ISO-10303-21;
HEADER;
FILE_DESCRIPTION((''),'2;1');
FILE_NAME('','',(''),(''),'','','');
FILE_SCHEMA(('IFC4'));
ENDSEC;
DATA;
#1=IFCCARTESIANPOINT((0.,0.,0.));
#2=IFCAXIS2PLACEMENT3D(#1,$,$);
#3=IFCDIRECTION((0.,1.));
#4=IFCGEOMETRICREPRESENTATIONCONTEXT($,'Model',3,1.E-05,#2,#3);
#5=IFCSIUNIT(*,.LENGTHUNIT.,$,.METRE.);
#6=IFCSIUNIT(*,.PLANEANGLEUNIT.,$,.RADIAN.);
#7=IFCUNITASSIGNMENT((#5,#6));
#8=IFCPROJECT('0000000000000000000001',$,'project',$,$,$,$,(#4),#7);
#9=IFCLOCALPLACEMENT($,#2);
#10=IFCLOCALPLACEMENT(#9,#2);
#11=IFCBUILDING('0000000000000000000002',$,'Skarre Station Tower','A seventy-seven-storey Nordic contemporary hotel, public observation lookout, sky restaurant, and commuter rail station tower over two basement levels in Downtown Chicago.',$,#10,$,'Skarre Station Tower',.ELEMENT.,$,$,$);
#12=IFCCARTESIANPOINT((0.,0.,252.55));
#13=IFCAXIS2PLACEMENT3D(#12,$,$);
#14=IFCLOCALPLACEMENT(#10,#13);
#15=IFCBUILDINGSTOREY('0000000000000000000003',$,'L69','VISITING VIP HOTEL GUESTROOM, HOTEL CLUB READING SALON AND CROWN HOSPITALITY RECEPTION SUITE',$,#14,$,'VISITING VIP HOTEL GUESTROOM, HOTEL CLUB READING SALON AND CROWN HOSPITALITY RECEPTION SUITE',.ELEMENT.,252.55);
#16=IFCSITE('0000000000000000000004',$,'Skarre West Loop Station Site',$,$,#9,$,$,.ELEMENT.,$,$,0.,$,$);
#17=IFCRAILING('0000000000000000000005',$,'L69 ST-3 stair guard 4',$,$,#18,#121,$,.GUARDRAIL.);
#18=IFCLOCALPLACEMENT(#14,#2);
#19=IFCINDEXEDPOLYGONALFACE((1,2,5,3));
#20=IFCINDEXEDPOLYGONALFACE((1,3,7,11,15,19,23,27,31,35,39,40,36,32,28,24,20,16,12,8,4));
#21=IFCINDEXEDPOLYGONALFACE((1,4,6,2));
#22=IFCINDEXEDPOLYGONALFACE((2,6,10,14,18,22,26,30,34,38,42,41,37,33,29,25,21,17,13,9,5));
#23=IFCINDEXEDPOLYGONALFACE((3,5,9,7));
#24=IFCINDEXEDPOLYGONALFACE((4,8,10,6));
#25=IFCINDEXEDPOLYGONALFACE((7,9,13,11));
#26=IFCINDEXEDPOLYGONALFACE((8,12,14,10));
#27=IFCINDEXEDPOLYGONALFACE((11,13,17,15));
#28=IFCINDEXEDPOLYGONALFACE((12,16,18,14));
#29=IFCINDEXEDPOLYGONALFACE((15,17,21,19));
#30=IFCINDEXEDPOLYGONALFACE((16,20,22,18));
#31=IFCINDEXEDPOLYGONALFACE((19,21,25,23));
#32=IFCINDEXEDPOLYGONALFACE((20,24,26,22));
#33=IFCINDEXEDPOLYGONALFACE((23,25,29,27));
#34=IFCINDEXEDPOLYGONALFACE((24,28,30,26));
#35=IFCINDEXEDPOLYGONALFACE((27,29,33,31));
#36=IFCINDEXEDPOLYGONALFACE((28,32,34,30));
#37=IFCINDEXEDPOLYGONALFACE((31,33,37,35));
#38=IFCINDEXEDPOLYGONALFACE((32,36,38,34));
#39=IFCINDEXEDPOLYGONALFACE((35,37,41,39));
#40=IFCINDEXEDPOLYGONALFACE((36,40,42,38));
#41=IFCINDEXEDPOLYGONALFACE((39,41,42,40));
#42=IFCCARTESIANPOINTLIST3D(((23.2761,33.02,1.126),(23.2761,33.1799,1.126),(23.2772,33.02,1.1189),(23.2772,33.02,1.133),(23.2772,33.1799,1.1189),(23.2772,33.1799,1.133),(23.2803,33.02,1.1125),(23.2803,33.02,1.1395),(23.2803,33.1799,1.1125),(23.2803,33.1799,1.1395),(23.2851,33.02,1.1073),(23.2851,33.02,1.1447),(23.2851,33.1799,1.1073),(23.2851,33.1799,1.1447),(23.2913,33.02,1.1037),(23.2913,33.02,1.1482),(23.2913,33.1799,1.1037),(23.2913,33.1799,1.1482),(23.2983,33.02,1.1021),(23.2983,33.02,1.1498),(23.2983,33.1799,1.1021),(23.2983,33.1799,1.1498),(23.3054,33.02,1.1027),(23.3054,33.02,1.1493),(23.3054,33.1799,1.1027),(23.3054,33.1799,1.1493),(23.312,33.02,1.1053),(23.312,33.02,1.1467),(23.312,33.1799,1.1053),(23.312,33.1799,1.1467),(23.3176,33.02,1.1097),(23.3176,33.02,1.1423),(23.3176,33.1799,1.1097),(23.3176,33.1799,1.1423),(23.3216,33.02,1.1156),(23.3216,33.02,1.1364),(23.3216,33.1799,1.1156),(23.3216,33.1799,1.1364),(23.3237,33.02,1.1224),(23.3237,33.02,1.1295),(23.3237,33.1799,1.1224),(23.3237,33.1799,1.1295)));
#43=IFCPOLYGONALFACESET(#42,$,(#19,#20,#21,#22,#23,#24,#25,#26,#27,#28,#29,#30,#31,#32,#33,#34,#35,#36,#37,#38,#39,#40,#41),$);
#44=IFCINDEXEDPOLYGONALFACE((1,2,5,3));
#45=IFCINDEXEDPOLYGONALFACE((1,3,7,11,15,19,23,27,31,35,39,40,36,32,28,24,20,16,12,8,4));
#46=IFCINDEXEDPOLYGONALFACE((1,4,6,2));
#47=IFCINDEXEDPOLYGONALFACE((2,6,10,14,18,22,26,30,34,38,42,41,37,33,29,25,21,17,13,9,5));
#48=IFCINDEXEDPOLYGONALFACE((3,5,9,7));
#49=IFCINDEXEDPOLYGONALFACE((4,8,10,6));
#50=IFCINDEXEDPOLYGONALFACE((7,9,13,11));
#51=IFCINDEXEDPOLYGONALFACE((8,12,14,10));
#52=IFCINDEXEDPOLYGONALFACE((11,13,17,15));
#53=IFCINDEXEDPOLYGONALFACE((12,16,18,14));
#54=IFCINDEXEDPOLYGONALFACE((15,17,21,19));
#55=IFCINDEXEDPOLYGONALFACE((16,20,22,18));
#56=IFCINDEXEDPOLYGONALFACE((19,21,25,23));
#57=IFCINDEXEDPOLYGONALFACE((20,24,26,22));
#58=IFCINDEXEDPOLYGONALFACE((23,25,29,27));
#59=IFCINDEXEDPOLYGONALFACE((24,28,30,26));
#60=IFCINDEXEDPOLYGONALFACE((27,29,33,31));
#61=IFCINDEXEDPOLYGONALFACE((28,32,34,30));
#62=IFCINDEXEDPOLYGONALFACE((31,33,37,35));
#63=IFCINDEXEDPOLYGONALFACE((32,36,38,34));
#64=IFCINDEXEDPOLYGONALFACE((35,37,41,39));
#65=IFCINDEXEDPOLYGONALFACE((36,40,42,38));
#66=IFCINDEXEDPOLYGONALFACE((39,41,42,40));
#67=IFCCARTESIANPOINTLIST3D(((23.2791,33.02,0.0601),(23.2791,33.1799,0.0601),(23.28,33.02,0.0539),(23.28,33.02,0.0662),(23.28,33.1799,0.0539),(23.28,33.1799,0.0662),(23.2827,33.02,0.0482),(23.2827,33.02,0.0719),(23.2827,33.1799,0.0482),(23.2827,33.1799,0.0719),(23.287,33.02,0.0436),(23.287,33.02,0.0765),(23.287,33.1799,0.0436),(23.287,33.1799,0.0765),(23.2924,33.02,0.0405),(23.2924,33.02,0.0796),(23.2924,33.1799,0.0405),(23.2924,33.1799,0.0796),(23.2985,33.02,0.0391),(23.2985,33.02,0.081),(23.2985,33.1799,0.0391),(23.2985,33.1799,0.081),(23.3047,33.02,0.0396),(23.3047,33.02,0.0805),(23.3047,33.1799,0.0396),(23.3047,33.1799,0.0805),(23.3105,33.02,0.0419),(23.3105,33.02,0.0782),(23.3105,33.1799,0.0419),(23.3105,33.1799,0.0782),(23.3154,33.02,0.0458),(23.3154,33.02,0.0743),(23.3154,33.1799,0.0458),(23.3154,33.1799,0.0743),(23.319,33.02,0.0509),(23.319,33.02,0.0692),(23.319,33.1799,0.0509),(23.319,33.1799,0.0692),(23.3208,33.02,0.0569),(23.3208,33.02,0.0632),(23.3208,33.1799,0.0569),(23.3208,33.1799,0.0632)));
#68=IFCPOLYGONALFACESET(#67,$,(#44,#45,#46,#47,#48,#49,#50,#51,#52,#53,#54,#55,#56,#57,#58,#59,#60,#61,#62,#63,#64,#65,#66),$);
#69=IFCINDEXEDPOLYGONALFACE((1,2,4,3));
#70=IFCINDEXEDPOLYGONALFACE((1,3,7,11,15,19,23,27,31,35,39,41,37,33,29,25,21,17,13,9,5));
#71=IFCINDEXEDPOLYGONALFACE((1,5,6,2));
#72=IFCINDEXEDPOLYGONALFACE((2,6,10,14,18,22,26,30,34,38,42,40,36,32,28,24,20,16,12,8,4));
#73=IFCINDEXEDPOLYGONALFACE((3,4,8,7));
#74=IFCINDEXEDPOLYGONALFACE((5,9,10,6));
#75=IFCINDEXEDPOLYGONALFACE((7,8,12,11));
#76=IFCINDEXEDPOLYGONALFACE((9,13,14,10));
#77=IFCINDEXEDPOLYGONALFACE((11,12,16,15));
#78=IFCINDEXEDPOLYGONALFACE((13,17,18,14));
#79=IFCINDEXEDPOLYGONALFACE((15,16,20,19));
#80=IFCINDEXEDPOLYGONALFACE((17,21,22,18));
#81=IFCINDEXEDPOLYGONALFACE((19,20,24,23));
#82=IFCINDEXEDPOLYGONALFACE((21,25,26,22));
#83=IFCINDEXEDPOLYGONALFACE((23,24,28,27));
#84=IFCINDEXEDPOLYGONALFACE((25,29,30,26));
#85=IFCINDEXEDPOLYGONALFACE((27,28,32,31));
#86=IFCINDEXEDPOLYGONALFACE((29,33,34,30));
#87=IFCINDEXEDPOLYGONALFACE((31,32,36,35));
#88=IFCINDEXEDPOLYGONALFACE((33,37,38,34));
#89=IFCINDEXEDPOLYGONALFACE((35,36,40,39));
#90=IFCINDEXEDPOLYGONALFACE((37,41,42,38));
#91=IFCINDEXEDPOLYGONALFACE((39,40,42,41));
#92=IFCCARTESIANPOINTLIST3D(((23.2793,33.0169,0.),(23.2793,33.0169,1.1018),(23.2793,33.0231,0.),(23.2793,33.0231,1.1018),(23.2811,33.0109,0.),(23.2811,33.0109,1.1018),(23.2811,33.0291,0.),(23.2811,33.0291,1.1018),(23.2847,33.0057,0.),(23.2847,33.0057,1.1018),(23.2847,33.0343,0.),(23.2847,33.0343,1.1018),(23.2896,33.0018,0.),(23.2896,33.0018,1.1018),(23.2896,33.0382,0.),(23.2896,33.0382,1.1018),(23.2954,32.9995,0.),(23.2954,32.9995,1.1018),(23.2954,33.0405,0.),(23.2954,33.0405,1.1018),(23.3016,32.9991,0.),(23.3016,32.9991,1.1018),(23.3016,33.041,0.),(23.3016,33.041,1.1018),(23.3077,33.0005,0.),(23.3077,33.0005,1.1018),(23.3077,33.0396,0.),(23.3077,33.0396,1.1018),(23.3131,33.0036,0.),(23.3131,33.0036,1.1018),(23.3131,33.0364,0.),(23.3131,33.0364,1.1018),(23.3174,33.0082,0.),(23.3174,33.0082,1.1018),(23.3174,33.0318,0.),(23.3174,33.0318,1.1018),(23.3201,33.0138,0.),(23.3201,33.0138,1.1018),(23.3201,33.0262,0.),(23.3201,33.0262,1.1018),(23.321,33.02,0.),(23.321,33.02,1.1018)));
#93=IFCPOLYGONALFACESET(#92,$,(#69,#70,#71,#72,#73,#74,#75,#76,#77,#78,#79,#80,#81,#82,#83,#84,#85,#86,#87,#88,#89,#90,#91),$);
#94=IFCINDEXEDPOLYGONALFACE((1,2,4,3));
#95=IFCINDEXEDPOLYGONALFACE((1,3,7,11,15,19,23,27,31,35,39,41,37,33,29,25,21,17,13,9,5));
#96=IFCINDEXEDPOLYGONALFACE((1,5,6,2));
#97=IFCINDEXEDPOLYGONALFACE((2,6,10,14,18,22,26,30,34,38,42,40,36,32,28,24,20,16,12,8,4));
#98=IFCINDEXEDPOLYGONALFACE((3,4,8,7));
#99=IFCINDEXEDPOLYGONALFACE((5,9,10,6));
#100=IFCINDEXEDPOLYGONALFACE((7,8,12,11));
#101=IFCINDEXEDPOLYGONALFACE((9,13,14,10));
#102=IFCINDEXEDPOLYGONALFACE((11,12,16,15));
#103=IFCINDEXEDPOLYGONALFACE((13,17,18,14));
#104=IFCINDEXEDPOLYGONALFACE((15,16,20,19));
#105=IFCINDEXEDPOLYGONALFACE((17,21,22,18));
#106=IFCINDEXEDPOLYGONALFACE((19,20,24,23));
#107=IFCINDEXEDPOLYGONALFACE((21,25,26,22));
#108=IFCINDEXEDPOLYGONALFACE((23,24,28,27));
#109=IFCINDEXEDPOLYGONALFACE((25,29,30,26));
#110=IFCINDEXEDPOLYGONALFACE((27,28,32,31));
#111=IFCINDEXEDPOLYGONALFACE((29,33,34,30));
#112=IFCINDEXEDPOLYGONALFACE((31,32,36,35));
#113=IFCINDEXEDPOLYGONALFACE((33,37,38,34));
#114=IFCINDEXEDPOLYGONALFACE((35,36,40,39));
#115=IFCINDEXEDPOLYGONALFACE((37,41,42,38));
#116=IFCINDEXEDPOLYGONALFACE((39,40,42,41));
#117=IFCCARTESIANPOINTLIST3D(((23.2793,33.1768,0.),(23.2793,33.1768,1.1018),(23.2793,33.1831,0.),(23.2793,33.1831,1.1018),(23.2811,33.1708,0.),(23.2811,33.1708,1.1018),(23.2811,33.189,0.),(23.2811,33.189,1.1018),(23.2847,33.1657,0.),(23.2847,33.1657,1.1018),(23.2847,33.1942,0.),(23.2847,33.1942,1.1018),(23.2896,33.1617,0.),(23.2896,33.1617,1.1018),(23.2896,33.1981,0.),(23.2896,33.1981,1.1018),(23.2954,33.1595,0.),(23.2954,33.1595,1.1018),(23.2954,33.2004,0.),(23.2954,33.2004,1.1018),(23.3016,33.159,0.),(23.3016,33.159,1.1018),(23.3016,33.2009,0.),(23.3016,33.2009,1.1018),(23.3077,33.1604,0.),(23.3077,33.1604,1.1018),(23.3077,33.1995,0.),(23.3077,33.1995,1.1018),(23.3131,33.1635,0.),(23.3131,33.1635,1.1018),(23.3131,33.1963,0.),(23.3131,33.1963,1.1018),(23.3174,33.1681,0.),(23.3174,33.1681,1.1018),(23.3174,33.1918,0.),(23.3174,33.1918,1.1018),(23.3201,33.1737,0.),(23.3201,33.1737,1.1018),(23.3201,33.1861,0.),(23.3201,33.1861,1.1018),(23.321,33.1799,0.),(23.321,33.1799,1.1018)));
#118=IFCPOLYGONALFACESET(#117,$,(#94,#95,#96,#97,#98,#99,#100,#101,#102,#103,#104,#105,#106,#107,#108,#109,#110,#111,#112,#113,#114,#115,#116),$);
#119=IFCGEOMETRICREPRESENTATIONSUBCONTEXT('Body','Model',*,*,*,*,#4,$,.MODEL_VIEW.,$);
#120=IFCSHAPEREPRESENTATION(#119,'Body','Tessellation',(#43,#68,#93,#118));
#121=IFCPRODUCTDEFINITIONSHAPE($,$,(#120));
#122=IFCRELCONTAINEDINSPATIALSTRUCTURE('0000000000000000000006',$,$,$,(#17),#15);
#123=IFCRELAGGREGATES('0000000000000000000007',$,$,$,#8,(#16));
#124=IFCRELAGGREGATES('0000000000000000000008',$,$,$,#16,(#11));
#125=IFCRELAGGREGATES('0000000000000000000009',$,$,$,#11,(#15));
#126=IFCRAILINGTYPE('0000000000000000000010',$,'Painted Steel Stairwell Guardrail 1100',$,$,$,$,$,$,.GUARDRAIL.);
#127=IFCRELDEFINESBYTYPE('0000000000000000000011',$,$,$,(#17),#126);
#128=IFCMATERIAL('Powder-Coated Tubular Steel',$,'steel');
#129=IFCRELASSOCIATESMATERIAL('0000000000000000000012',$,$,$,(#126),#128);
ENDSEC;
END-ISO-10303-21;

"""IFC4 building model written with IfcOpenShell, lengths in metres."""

from ifc_helpers import new_model, si_unit, direction, frame, origin, origin_2d, place, context, subcontext, project, spatial, circle, extrude, material, type_object, element, save


model = new_model("IFC4")

# Units and contexts
model_context = context("Model", 3, precision=1e-05, world=origin(), true_north=direction((0.0, 1.0)))
body_context = subcontext(model_context, "Body", "Model", "MODEL_VIEW")
ifc_project = project(units=[si_unit("LENGTHUNIT", "METRE"), si_unit("PLANEANGLEUNIT", "RADIAN")], contexts=[model_context])

# Site, building, storey
site_placement = place(None, origin())
site = spatial("IfcSite", under=ifc_project, at=site_placement, Name="Skarre West Loop Station Site", CompositionType="ELEMENT", RefElevation=0.0)
building_placement = place(site_placement, origin())
building = spatial("IfcBuilding", under=site, at=building_placement, Name="Skarre Station Tower", Description="A seventy-seven-storey Nordic contemporary hotel, public observation lookout, sky restaurant, and commuter rail station tower over two basement levels in Downtown Chicago.", LongName="Skarre Station Tower", CompositionType="ELEMENT")
storey_placement = place(building_placement, frame((0.0, 0.0, 252.55)))
storey = spatial("IfcBuildingStorey", under=building, at=storey_placement, Name="L69", Description="VISITING VIP HOTEL GUESTROOM, HOTEL CLUB READING SALON AND CROWN HOSPITALITY RECEPTION SUITE", LongName="VISITING VIP HOTEL GUESTROOM, HOTEL CLUB READING SALON AND CROWN HOSPITALITY RECEPTION SUITE", CompositionType="ELEMENT", Elevation=252.55)

# Railing
ifc_material_1 = material(Name="Powder-Coated Tubular Steel", Category="steel")
railing_type_1 = type_object("IfcRailingType", Name="Painted Steel Stairwell Guardrail 1100", PredefinedType="GUARDRAIL", material=ifc_material_1)
railing_1_placement = place(storey_placement, frame((23.3, 33.02, 0.0)))
element("IfcRailing", 1, at=railing_1_placement, inside=storey, type_object=railing_type_1, Name="L69 ST-3 stair guard 4", PredefinedType="GUARDRAIL", context=body_context, shape_type="SweptSolid", body=[
    extrude(circle(Radius=0.0239, at=origin_2d()), frame((0.0, 0.0, 1.126), z_axis=(0.0, 1.0, 0.0), x_axis=(-1.0, 0.0, 0.0)), (0.0, 0.0, 1.0), 0.1599),
    extrude(circle(Radius=0.021, at=origin_2d()), frame((0.0, 0.0, 0.0601), z_axis=(0.0, 1.0, 0.0), x_axis=(-1.0, 0.0, 0.0)), (0.0, 0.0, 1.0), 0.1599),
    extrude(circle(Radius=0.021, at=origin_2d()), origin(), (0.0, 0.0, 1.0), 1.1018),
    extrude(circle(Radius=0.021, at=origin_2d()), frame((0.0, 0.1599, 0.0)), (0.0, 0.0, 1.0), 1.1018),
])

save(model, "model.ifc")
